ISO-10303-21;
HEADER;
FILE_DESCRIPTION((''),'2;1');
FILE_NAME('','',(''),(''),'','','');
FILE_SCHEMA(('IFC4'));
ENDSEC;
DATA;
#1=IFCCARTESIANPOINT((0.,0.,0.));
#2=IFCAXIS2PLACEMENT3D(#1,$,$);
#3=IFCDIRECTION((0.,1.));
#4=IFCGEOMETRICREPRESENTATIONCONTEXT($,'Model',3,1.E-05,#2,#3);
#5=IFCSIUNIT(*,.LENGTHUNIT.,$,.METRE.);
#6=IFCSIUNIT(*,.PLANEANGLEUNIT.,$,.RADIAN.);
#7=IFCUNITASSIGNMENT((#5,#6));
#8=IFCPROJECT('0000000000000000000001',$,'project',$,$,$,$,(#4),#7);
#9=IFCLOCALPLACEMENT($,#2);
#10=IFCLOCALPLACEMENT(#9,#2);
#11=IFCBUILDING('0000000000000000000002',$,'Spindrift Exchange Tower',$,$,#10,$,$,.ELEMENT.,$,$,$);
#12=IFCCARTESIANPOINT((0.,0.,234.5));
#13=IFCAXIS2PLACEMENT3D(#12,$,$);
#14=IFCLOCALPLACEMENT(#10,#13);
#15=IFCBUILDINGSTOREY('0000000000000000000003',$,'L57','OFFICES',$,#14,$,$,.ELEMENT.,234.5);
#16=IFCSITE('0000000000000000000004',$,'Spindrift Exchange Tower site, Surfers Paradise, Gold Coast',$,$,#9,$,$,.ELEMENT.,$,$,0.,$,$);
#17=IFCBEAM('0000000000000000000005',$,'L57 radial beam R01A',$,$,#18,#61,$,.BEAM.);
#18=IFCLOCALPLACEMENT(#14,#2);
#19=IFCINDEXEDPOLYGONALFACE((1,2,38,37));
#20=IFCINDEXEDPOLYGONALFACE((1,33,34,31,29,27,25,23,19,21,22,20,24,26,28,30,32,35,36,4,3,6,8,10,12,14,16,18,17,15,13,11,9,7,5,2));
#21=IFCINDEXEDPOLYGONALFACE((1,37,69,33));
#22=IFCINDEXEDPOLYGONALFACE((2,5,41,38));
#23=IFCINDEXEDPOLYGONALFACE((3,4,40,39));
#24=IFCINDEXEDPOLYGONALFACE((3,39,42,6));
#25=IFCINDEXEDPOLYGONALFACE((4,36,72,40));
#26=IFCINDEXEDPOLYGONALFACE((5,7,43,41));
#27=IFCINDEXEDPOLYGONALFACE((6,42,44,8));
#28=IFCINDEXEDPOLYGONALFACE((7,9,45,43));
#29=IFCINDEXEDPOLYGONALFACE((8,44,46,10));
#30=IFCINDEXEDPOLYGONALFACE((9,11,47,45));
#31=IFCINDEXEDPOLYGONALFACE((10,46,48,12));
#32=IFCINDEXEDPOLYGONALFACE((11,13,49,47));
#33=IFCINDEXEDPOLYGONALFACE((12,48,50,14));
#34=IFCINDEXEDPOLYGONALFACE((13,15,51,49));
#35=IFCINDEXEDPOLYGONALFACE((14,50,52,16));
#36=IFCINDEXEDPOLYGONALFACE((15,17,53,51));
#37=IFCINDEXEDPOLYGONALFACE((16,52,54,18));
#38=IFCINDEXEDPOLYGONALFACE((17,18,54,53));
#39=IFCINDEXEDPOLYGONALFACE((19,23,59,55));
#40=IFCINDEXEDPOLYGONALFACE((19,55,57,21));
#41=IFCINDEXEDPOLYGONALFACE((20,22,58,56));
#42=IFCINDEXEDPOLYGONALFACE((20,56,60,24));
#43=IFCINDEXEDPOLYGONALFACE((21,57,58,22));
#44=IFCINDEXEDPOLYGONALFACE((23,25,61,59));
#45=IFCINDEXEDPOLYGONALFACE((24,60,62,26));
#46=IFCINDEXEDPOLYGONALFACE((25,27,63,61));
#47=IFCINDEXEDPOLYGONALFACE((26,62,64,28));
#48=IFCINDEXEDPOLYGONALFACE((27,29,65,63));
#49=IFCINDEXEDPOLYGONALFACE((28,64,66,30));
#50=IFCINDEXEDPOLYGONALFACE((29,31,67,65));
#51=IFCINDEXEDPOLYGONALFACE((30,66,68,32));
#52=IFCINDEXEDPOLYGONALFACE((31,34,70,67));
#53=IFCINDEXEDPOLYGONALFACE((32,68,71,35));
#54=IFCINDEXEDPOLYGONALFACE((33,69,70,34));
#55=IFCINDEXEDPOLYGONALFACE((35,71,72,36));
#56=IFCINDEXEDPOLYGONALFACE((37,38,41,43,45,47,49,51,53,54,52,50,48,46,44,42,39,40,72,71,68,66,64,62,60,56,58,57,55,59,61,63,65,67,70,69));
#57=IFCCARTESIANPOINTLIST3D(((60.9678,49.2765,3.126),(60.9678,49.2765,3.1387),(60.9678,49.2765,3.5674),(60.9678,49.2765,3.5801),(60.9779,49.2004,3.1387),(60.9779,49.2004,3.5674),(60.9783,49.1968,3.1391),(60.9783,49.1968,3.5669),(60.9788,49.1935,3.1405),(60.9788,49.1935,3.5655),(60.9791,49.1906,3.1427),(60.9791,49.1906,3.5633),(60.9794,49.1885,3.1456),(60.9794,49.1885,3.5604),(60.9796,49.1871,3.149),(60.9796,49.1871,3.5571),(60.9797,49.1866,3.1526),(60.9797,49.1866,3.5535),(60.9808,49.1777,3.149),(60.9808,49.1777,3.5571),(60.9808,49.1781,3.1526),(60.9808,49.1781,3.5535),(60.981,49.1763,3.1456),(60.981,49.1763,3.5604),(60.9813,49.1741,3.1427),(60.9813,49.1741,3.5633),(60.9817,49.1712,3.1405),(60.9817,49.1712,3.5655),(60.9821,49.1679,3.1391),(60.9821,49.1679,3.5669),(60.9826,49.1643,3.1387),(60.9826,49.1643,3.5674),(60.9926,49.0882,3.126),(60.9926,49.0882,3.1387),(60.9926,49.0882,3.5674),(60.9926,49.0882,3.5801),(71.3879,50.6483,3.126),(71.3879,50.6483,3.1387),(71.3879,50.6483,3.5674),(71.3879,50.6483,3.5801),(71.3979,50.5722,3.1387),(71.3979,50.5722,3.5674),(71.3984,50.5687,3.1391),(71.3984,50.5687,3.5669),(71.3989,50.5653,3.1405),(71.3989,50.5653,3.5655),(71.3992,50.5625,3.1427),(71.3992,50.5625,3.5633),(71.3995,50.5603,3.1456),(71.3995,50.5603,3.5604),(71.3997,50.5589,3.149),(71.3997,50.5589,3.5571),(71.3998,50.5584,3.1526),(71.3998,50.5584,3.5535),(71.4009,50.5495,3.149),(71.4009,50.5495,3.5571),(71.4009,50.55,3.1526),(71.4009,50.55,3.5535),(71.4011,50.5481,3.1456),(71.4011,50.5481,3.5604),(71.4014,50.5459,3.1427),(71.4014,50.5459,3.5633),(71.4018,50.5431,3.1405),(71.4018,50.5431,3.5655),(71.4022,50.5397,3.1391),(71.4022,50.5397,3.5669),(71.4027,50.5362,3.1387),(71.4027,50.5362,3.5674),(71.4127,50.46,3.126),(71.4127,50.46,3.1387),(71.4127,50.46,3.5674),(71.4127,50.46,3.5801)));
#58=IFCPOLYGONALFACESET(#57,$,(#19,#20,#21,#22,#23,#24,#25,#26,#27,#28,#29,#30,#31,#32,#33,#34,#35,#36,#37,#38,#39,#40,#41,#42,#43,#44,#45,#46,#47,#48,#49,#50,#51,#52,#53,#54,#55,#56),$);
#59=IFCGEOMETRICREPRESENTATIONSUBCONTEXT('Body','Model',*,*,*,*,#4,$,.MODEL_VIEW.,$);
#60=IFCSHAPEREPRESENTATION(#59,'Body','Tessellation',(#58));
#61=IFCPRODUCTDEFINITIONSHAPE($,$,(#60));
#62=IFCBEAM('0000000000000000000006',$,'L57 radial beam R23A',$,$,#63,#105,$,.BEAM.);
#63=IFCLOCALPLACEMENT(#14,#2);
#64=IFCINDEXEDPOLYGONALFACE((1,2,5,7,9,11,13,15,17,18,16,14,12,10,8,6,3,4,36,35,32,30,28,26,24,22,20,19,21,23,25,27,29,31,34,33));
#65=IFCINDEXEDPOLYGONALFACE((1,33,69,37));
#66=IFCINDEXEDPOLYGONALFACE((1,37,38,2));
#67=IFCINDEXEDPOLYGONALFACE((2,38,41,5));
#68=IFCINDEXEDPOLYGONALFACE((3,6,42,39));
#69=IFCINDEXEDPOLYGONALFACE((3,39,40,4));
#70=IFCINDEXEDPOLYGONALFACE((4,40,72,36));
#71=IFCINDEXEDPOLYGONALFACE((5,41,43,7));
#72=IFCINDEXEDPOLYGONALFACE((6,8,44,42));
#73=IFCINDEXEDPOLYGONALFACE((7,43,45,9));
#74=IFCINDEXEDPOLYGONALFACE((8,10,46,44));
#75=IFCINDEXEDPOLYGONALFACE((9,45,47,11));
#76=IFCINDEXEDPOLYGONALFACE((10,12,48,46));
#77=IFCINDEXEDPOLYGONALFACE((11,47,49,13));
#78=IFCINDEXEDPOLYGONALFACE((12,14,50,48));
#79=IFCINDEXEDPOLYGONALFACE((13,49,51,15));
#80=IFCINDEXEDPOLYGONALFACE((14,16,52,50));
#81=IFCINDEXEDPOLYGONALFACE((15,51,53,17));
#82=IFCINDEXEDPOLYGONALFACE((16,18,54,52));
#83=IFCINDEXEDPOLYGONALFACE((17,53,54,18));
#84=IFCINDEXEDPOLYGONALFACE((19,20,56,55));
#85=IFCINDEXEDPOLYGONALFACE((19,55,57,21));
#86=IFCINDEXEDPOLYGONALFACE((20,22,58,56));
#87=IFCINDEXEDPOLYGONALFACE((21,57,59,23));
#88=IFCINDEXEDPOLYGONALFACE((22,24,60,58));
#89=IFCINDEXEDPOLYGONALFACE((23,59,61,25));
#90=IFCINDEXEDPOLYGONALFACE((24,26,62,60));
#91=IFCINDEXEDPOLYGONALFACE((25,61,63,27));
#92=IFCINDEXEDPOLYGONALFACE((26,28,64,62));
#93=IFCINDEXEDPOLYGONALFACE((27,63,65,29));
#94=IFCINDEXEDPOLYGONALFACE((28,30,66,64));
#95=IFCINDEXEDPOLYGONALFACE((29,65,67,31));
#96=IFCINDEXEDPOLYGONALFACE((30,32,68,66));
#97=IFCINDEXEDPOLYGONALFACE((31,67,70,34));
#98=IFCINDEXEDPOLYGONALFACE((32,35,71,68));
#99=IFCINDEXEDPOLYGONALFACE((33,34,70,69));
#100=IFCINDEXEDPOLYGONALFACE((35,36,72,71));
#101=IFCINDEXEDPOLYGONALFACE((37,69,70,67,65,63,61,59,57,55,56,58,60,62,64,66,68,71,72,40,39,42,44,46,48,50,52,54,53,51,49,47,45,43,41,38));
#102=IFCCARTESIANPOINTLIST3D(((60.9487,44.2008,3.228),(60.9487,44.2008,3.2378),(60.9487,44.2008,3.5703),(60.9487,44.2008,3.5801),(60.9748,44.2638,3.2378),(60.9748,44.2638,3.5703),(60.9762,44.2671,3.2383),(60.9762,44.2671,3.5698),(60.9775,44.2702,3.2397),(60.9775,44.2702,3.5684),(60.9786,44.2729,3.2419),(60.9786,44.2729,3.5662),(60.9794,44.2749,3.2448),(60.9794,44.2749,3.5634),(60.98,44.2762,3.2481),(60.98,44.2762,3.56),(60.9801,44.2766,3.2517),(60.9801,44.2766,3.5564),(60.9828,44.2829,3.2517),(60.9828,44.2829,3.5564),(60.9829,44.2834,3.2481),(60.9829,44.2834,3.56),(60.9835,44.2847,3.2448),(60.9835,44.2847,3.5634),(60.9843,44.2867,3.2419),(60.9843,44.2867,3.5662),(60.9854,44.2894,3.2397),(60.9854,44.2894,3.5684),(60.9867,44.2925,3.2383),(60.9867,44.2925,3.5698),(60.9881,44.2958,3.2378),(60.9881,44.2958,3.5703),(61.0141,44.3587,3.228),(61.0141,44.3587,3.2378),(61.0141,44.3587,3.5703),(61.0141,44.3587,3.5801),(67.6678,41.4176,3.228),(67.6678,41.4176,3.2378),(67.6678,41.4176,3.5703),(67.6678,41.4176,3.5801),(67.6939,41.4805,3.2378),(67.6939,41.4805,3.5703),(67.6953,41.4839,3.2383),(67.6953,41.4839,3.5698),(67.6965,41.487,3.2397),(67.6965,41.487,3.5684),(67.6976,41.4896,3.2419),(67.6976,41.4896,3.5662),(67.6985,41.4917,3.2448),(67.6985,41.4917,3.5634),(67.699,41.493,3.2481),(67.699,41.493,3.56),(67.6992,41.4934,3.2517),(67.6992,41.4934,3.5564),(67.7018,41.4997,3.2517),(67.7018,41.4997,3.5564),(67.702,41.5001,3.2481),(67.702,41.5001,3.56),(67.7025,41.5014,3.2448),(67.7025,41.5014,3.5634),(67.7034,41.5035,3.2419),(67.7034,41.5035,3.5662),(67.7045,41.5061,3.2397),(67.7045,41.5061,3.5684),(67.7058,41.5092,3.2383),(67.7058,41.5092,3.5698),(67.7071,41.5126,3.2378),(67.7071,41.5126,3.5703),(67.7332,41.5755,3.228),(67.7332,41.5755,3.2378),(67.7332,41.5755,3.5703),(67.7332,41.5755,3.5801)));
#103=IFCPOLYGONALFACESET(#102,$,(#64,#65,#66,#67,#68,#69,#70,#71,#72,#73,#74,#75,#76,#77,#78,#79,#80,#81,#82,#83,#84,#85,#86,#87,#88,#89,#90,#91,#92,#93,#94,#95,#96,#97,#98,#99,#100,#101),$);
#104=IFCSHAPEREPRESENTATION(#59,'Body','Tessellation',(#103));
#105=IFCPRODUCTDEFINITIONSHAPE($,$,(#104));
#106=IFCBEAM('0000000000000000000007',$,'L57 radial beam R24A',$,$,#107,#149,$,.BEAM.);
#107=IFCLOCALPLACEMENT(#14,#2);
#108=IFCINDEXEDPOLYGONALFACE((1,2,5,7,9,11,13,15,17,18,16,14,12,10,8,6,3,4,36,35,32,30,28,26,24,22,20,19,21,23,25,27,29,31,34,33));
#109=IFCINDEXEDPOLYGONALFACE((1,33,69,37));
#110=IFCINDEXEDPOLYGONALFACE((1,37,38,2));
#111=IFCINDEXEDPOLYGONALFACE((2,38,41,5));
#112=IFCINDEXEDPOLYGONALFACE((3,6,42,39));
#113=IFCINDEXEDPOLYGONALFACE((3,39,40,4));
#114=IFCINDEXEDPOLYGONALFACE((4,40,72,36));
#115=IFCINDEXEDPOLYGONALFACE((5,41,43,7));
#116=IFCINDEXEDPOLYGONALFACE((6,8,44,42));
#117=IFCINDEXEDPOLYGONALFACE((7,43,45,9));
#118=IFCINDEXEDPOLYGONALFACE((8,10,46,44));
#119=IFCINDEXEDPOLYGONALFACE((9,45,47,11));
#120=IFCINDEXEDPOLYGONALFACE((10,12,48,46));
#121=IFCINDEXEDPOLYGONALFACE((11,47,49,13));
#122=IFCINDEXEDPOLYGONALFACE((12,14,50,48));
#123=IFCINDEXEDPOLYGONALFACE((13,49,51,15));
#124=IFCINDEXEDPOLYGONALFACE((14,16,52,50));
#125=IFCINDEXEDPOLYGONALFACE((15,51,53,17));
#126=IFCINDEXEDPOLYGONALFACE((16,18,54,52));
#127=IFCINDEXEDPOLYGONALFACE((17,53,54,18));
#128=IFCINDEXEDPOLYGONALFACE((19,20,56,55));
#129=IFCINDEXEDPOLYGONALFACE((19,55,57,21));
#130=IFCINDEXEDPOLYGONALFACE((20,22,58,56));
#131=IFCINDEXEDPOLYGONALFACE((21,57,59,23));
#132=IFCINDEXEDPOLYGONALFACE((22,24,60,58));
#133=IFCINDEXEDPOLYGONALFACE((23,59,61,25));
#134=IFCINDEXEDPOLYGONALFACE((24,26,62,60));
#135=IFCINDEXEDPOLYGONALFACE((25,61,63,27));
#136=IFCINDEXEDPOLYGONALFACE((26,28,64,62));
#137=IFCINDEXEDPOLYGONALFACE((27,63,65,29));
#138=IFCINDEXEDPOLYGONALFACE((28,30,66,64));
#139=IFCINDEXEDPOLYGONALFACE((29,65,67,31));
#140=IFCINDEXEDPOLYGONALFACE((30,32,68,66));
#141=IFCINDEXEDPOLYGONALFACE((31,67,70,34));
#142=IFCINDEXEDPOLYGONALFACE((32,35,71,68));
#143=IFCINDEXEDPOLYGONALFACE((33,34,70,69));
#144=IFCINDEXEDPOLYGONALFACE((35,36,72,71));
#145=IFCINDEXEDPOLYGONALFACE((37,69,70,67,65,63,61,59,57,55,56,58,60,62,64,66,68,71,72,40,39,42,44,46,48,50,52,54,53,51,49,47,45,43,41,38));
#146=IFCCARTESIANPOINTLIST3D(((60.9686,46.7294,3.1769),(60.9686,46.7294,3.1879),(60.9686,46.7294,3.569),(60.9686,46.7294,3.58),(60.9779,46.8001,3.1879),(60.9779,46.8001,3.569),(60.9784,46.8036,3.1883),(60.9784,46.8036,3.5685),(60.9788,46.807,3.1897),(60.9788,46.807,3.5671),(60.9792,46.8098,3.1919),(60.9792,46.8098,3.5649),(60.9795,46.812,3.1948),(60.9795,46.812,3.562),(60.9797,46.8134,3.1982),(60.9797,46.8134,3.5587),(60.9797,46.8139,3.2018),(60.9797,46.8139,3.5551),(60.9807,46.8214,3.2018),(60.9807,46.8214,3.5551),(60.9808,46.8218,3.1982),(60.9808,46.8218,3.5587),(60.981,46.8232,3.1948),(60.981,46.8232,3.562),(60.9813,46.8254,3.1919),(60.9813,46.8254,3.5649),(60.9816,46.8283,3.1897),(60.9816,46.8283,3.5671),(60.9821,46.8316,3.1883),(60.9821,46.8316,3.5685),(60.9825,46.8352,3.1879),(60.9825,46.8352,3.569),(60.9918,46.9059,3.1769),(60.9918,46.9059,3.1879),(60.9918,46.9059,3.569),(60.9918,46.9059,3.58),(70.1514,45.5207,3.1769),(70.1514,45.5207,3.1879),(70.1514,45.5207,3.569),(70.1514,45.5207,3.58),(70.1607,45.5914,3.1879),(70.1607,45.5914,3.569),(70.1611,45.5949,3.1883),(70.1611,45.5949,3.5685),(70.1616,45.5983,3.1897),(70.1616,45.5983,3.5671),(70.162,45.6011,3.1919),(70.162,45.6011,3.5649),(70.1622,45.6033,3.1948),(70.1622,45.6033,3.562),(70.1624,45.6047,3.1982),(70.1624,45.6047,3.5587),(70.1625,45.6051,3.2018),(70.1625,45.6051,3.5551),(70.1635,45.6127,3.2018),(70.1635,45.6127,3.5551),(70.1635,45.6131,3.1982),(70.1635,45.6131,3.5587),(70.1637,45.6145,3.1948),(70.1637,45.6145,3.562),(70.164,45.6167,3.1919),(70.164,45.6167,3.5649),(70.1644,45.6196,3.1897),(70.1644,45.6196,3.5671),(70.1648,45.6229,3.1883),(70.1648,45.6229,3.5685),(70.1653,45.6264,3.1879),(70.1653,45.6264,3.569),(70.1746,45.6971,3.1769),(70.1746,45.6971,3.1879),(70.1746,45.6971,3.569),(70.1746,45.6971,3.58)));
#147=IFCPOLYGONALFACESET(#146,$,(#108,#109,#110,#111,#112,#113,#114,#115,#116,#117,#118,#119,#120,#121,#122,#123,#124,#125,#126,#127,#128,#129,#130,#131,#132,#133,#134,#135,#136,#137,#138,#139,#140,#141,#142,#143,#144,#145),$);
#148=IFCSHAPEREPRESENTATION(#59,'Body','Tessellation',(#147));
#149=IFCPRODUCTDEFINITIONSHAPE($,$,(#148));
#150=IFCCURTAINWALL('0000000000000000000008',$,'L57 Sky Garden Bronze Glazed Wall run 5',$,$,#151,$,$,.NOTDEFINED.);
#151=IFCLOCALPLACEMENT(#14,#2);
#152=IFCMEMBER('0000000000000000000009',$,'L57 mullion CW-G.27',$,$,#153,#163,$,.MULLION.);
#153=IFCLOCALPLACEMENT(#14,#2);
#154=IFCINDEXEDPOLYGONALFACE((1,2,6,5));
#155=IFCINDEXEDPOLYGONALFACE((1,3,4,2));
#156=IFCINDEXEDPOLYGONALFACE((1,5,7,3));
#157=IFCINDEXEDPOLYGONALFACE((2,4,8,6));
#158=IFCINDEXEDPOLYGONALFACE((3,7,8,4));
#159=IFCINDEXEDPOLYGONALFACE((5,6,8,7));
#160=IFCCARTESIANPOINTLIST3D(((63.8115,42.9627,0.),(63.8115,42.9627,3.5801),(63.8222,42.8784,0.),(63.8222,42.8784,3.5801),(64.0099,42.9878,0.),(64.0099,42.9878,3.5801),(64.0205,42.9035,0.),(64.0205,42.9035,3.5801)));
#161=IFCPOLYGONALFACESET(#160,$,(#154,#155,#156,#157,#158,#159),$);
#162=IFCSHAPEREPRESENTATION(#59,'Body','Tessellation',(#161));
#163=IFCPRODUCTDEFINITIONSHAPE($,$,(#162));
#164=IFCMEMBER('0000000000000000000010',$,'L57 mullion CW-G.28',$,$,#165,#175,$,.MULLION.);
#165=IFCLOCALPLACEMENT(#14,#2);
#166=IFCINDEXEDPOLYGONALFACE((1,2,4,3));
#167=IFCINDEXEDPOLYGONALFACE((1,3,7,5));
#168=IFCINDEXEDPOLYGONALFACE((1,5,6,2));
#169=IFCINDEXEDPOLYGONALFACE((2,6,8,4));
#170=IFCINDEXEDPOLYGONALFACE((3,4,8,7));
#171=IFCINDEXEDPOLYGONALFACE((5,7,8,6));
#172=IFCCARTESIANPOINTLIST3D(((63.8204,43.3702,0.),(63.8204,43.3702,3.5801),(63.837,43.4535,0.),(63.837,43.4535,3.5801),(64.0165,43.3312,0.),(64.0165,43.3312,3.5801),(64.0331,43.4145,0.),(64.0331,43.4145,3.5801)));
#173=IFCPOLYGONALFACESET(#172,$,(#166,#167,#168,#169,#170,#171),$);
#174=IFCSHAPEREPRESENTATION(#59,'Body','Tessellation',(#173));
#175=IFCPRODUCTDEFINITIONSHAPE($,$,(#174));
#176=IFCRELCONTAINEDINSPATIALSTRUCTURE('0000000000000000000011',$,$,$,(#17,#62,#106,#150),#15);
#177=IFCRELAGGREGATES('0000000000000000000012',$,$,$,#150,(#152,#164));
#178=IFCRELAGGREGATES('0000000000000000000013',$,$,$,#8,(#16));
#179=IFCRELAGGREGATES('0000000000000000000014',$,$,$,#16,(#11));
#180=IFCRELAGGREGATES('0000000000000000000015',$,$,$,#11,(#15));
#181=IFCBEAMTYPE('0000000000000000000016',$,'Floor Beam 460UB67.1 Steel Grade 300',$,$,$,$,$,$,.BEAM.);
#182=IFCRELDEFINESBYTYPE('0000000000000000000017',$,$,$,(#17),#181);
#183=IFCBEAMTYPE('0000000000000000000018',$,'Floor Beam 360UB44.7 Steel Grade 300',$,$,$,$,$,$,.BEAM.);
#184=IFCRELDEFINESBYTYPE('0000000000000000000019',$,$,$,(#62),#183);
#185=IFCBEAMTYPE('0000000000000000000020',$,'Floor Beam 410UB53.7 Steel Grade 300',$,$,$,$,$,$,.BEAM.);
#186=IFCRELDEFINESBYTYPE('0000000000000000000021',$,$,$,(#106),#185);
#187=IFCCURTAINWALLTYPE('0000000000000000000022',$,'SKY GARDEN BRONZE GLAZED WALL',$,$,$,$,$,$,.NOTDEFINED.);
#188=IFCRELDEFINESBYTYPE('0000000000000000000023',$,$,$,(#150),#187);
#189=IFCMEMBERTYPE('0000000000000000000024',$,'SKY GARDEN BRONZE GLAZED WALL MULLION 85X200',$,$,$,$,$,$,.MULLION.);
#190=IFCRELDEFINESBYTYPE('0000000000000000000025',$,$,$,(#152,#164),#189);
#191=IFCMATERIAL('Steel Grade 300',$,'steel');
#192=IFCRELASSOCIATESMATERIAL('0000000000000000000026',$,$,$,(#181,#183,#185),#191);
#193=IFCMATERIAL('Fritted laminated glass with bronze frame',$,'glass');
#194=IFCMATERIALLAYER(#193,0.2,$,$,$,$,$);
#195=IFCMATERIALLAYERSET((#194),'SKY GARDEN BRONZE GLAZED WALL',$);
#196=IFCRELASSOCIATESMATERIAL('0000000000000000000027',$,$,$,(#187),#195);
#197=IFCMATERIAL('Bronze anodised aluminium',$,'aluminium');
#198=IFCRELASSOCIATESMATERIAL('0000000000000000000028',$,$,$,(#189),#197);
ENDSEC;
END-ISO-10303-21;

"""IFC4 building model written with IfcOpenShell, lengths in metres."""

from ifc_helpers import new_model, si_unit, direction, frame, origin, origin_2d, place, context, subcontext, project, spatial, rectangle, i_section, extrude, source, transform, mapped, material, layer, layer_set, material_profile, profile_set, type_object, element, aggregate, save


model = new_model("IFC4")

# Units and contexts
model_context = context("Model", 3, precision=1e-05, world=origin(), true_north=direction((0.0, 1.0)))
body_context = subcontext(model_context, "Body", "Model", "MODEL_VIEW")
ifc_project = project(units=[si_unit("LENGTHUNIT", "METRE"), si_unit("PLANEANGLEUNIT", "RADIAN")], contexts=[model_context])

# Site, building, storey
site_placement = place(None, origin())
site = spatial("IfcSite", under=ifc_project, at=site_placement, Name="Spindrift Exchange Tower site, Surfers Paradise, Gold Coast", CompositionType="ELEMENT", RefElevation=0.0)
building_placement = place(site_placement, origin())
building = spatial("IfcBuilding", under=site, at=building_placement, Name="Spindrift Exchange Tower", CompositionType="ELEMENT")
storey_placement = place(building_placement, frame((0.0, 0.0, 234.5)))
storey = spatial("IfcBuildingStorey", under=building, at=storey_placement, Name="L57", Description="OFFICES", CompositionType="ELEMENT", Elevation=234.5)

# Beams
ifc_material_1 = material(Name="Steel Grade 300", Category="steel")
ifc_material_profile_1 = material_profile(ifc_material_1, i_section(OverallWidth=0.1899, OverallDepth=0.4541, WebThickness=0.0085, FlangeThickness=0.0127, FilletRadius=0.0139, at=origin_2d()), Name="460UB67.1")
ifc_profile_set_1 = profile_set([ifc_material_profile_1], Name="Steel Grade 300")
beam_type_1 = type_object("IfcBeamType", Name="Floor Beam 460UB67.1 Steel Grade 300", PredefinedType="BEAM", material=ifc_profile_set_1)
shared_shape_1 = source(origin(), body_context, "Body", "SweptSolid", [
    extrude(i_section(OverallWidth=0.1899, OverallDepth=0.4541, WebThickness=0.0085, FlangeThickness=0.0127, FilletRadius=0.0139, at=origin_2d()), origin(), (0.0, 0.0, 1.0), 10.51),
])
beam_1_placement = place(storey_placement, frame((60.9802, 49.1824, 3.353), z_axis=(0.991445, 0.130525, 0.0), x_axis=(-0.130525, 0.991445, 0.0)))
element("IfcBeam", 1, at=beam_1_placement, inside=storey, type_object=beam_type_1, Name="L57 radial beam R01A", PredefinedType="BEAM", context=body_context, shape_type="MappedRepresentation", body=[
    mapped(shared_shape_1, transform((0.0, 0.0, 0.0), scale=1.0)),
])
ifc_material_profile_2 = material_profile(ifc_material_1, i_section(OverallWidth=0.1709, OverallDepth=0.3521, WebThickness=0.0068, FlangeThickness=0.0098, FilletRadius=0.0139, at=origin_2d()), Name="360UB44.7")
ifc_profile_set_2 = profile_set([ifc_material_profile_2], Name="Steel Grade 300")
beam_type_2 = type_object("IfcBeamType", Name="Floor Beam 360UB44.7 Steel Grade 300", PredefinedType="BEAM", material=ifc_profile_set_2)
shared_shape_2 = source(origin(), body_context, "Body", "SweptSolid", [
    extrude(i_section(OverallWidth=0.1709, OverallDepth=0.3521, WebThickness=0.0068, FlangeThickness=0.0098, FilletRadius=0.0139, at=origin_2d()), origin(), (0.0, 0.0, 1.0), 7.2727),
])
beam_2_placement = place(storey_placement, frame((60.9814, 44.2798, 3.4041), z_axis=(0.923874, -0.382696, 0.0), x_axis=(0.382696, 0.923874, 0.0)))
element("IfcBeam", 2, at=beam_2_placement, inside=storey, type_object=beam_type_2, Name="L57 radial beam R23A", PredefinedType="BEAM", context=body_context, shape_type="MappedRepresentation", body=[
    mapped(shared_shape_2, transform((0.0, 0.0, 0.0), scale=1.0)),
])
ifc_material_profile_3 = material_profile(ifc_material_1, i_section(OverallWidth=0.178, OverallDepth=0.4031, WebThickness=0.0076, FlangeThickness=0.011, FilletRadius=0.0139, at=origin_2d()), Name="410UB53.7")
ifc_profile_set_3 = profile_set([ifc_material_profile_3], Name="Steel Grade 300")
beam_type_3 = type_object("IfcBeamType", Name="Floor Beam 410UB53.7 Steel Grade 300", PredefinedType="BEAM", material=ifc_profile_set_3)
shared_shape_3 = source(origin(), body_context, "Body", "SweptSolid", [
    extrude(i_section(OverallWidth=0.178, OverallDepth=0.4031, WebThickness=0.0076, FlangeThickness=0.011, FilletRadius=0.0139, at=origin_2d()), origin(), (0.0, 0.0, 1.0), 9.262),
])
beam_3_placement = place(storey_placement, frame((60.9802, 46.8176, 3.3784), z_axis=(0.991448, -0.130504, 0.0), x_axis=(0.130504, 0.991448, 0.0)))
element("IfcBeam", 3, at=beam_3_placement, inside=storey, type_object=beam_type_3, Name="L57 radial beam R24A", PredefinedType="BEAM", context=body_context, shape_type="MappedRepresentation", body=[
    mapped(shared_shape_3, transform((0.0, 0.0, 0.0), scale=1.0)),
])

# Curtain wall, members
ifc_material_2 = material(Name="Fritted laminated glass with bronze frame", Category="glass")
ifc_layer_1 = layer(ifc_material_2, 0.2)
ifc_layer_set_1 = layer_set([ifc_layer_1], Name="SKY GARDEN BRONZE GLAZED WALL")
curtain_wall_type = type_object("IfcCurtainWallType", Name="SKY GARDEN BRONZE GLAZED WALL", PredefinedType="NOTDEFINED", material=ifc_layer_set_1)
curtain_wall_placement = place(storey_placement, origin())
curtain_wall = element("IfcCurtainWall", 4, at=curtain_wall_placement, inside=storey, type_object=curtain_wall_type, Name="L57 Sky Garden Bronze Glazed Wall run 5", PredefinedType="NOTDEFINED")
ifc_material_3 = material(Name="Bronze anodised aluminium", Category="aluminium")
ifc_material_profile_4 = material_profile(ifc_material_3, rectangle(XDim=0.085, YDim=0.2, at=origin_2d()), Name="SKY GARDEN BRONZE GLAZED WALL MULLION 85X200")
ifc_profile_set_4 = profile_set([ifc_material_profile_4], Name="Bronze anodised aluminium")
member_type_1 = type_object("IfcMemberType", Name="SKY GARDEN BRONZE GLAZED WALL MULLION 85X200", PredefinedType="MULLION", material=ifc_profile_set_4)
shared_shape_4 = source(origin(), body_context, "Body", "SweptSolid", [
    extrude(rectangle(XDim=0.085, YDim=0.2, at=origin_2d()), origin(), (0.0, 0.0, 1.0), 3.5801),
])
member_1_placement = place(storey_placement, frame((63.916, 42.9331, 0.0), z_axis=(0.0, 0.0, 1.0), x_axis=(-0.125443, 0.992101, 0.0)))
member_1 = element("IfcMember", 5, at=member_1_placement, type_object=member_type_1, Name="L57 mullion CW-G.27", PredefinedType="MULLION", context=body_context, shape_type="MappedRepresentation", body=[
    mapped(shared_shape_4, transform((0.0, 0.0, 0.0), scale=1.0)),
])
member_2_placement = place(storey_placement, frame((63.9268, 43.3923, 0.0), z_axis=(0.0, 0.0, 1.0), x_axis=(0.195234, 0.980757, 0.0)))
member_2 = element("IfcMember", 6, at=member_2_placement, type_object=member_type_1, Name="L57 mullion CW-G.28", PredefinedType="MULLION", context=body_context, shape_type="MappedRepresentation", body=[
    mapped(shared_shape_4, transform((0.0, 0.0, 0.0), scale=1.0)),
])
aggregate(curtain_wall, [member_1, member_2])

save(model, "model.ifc")
